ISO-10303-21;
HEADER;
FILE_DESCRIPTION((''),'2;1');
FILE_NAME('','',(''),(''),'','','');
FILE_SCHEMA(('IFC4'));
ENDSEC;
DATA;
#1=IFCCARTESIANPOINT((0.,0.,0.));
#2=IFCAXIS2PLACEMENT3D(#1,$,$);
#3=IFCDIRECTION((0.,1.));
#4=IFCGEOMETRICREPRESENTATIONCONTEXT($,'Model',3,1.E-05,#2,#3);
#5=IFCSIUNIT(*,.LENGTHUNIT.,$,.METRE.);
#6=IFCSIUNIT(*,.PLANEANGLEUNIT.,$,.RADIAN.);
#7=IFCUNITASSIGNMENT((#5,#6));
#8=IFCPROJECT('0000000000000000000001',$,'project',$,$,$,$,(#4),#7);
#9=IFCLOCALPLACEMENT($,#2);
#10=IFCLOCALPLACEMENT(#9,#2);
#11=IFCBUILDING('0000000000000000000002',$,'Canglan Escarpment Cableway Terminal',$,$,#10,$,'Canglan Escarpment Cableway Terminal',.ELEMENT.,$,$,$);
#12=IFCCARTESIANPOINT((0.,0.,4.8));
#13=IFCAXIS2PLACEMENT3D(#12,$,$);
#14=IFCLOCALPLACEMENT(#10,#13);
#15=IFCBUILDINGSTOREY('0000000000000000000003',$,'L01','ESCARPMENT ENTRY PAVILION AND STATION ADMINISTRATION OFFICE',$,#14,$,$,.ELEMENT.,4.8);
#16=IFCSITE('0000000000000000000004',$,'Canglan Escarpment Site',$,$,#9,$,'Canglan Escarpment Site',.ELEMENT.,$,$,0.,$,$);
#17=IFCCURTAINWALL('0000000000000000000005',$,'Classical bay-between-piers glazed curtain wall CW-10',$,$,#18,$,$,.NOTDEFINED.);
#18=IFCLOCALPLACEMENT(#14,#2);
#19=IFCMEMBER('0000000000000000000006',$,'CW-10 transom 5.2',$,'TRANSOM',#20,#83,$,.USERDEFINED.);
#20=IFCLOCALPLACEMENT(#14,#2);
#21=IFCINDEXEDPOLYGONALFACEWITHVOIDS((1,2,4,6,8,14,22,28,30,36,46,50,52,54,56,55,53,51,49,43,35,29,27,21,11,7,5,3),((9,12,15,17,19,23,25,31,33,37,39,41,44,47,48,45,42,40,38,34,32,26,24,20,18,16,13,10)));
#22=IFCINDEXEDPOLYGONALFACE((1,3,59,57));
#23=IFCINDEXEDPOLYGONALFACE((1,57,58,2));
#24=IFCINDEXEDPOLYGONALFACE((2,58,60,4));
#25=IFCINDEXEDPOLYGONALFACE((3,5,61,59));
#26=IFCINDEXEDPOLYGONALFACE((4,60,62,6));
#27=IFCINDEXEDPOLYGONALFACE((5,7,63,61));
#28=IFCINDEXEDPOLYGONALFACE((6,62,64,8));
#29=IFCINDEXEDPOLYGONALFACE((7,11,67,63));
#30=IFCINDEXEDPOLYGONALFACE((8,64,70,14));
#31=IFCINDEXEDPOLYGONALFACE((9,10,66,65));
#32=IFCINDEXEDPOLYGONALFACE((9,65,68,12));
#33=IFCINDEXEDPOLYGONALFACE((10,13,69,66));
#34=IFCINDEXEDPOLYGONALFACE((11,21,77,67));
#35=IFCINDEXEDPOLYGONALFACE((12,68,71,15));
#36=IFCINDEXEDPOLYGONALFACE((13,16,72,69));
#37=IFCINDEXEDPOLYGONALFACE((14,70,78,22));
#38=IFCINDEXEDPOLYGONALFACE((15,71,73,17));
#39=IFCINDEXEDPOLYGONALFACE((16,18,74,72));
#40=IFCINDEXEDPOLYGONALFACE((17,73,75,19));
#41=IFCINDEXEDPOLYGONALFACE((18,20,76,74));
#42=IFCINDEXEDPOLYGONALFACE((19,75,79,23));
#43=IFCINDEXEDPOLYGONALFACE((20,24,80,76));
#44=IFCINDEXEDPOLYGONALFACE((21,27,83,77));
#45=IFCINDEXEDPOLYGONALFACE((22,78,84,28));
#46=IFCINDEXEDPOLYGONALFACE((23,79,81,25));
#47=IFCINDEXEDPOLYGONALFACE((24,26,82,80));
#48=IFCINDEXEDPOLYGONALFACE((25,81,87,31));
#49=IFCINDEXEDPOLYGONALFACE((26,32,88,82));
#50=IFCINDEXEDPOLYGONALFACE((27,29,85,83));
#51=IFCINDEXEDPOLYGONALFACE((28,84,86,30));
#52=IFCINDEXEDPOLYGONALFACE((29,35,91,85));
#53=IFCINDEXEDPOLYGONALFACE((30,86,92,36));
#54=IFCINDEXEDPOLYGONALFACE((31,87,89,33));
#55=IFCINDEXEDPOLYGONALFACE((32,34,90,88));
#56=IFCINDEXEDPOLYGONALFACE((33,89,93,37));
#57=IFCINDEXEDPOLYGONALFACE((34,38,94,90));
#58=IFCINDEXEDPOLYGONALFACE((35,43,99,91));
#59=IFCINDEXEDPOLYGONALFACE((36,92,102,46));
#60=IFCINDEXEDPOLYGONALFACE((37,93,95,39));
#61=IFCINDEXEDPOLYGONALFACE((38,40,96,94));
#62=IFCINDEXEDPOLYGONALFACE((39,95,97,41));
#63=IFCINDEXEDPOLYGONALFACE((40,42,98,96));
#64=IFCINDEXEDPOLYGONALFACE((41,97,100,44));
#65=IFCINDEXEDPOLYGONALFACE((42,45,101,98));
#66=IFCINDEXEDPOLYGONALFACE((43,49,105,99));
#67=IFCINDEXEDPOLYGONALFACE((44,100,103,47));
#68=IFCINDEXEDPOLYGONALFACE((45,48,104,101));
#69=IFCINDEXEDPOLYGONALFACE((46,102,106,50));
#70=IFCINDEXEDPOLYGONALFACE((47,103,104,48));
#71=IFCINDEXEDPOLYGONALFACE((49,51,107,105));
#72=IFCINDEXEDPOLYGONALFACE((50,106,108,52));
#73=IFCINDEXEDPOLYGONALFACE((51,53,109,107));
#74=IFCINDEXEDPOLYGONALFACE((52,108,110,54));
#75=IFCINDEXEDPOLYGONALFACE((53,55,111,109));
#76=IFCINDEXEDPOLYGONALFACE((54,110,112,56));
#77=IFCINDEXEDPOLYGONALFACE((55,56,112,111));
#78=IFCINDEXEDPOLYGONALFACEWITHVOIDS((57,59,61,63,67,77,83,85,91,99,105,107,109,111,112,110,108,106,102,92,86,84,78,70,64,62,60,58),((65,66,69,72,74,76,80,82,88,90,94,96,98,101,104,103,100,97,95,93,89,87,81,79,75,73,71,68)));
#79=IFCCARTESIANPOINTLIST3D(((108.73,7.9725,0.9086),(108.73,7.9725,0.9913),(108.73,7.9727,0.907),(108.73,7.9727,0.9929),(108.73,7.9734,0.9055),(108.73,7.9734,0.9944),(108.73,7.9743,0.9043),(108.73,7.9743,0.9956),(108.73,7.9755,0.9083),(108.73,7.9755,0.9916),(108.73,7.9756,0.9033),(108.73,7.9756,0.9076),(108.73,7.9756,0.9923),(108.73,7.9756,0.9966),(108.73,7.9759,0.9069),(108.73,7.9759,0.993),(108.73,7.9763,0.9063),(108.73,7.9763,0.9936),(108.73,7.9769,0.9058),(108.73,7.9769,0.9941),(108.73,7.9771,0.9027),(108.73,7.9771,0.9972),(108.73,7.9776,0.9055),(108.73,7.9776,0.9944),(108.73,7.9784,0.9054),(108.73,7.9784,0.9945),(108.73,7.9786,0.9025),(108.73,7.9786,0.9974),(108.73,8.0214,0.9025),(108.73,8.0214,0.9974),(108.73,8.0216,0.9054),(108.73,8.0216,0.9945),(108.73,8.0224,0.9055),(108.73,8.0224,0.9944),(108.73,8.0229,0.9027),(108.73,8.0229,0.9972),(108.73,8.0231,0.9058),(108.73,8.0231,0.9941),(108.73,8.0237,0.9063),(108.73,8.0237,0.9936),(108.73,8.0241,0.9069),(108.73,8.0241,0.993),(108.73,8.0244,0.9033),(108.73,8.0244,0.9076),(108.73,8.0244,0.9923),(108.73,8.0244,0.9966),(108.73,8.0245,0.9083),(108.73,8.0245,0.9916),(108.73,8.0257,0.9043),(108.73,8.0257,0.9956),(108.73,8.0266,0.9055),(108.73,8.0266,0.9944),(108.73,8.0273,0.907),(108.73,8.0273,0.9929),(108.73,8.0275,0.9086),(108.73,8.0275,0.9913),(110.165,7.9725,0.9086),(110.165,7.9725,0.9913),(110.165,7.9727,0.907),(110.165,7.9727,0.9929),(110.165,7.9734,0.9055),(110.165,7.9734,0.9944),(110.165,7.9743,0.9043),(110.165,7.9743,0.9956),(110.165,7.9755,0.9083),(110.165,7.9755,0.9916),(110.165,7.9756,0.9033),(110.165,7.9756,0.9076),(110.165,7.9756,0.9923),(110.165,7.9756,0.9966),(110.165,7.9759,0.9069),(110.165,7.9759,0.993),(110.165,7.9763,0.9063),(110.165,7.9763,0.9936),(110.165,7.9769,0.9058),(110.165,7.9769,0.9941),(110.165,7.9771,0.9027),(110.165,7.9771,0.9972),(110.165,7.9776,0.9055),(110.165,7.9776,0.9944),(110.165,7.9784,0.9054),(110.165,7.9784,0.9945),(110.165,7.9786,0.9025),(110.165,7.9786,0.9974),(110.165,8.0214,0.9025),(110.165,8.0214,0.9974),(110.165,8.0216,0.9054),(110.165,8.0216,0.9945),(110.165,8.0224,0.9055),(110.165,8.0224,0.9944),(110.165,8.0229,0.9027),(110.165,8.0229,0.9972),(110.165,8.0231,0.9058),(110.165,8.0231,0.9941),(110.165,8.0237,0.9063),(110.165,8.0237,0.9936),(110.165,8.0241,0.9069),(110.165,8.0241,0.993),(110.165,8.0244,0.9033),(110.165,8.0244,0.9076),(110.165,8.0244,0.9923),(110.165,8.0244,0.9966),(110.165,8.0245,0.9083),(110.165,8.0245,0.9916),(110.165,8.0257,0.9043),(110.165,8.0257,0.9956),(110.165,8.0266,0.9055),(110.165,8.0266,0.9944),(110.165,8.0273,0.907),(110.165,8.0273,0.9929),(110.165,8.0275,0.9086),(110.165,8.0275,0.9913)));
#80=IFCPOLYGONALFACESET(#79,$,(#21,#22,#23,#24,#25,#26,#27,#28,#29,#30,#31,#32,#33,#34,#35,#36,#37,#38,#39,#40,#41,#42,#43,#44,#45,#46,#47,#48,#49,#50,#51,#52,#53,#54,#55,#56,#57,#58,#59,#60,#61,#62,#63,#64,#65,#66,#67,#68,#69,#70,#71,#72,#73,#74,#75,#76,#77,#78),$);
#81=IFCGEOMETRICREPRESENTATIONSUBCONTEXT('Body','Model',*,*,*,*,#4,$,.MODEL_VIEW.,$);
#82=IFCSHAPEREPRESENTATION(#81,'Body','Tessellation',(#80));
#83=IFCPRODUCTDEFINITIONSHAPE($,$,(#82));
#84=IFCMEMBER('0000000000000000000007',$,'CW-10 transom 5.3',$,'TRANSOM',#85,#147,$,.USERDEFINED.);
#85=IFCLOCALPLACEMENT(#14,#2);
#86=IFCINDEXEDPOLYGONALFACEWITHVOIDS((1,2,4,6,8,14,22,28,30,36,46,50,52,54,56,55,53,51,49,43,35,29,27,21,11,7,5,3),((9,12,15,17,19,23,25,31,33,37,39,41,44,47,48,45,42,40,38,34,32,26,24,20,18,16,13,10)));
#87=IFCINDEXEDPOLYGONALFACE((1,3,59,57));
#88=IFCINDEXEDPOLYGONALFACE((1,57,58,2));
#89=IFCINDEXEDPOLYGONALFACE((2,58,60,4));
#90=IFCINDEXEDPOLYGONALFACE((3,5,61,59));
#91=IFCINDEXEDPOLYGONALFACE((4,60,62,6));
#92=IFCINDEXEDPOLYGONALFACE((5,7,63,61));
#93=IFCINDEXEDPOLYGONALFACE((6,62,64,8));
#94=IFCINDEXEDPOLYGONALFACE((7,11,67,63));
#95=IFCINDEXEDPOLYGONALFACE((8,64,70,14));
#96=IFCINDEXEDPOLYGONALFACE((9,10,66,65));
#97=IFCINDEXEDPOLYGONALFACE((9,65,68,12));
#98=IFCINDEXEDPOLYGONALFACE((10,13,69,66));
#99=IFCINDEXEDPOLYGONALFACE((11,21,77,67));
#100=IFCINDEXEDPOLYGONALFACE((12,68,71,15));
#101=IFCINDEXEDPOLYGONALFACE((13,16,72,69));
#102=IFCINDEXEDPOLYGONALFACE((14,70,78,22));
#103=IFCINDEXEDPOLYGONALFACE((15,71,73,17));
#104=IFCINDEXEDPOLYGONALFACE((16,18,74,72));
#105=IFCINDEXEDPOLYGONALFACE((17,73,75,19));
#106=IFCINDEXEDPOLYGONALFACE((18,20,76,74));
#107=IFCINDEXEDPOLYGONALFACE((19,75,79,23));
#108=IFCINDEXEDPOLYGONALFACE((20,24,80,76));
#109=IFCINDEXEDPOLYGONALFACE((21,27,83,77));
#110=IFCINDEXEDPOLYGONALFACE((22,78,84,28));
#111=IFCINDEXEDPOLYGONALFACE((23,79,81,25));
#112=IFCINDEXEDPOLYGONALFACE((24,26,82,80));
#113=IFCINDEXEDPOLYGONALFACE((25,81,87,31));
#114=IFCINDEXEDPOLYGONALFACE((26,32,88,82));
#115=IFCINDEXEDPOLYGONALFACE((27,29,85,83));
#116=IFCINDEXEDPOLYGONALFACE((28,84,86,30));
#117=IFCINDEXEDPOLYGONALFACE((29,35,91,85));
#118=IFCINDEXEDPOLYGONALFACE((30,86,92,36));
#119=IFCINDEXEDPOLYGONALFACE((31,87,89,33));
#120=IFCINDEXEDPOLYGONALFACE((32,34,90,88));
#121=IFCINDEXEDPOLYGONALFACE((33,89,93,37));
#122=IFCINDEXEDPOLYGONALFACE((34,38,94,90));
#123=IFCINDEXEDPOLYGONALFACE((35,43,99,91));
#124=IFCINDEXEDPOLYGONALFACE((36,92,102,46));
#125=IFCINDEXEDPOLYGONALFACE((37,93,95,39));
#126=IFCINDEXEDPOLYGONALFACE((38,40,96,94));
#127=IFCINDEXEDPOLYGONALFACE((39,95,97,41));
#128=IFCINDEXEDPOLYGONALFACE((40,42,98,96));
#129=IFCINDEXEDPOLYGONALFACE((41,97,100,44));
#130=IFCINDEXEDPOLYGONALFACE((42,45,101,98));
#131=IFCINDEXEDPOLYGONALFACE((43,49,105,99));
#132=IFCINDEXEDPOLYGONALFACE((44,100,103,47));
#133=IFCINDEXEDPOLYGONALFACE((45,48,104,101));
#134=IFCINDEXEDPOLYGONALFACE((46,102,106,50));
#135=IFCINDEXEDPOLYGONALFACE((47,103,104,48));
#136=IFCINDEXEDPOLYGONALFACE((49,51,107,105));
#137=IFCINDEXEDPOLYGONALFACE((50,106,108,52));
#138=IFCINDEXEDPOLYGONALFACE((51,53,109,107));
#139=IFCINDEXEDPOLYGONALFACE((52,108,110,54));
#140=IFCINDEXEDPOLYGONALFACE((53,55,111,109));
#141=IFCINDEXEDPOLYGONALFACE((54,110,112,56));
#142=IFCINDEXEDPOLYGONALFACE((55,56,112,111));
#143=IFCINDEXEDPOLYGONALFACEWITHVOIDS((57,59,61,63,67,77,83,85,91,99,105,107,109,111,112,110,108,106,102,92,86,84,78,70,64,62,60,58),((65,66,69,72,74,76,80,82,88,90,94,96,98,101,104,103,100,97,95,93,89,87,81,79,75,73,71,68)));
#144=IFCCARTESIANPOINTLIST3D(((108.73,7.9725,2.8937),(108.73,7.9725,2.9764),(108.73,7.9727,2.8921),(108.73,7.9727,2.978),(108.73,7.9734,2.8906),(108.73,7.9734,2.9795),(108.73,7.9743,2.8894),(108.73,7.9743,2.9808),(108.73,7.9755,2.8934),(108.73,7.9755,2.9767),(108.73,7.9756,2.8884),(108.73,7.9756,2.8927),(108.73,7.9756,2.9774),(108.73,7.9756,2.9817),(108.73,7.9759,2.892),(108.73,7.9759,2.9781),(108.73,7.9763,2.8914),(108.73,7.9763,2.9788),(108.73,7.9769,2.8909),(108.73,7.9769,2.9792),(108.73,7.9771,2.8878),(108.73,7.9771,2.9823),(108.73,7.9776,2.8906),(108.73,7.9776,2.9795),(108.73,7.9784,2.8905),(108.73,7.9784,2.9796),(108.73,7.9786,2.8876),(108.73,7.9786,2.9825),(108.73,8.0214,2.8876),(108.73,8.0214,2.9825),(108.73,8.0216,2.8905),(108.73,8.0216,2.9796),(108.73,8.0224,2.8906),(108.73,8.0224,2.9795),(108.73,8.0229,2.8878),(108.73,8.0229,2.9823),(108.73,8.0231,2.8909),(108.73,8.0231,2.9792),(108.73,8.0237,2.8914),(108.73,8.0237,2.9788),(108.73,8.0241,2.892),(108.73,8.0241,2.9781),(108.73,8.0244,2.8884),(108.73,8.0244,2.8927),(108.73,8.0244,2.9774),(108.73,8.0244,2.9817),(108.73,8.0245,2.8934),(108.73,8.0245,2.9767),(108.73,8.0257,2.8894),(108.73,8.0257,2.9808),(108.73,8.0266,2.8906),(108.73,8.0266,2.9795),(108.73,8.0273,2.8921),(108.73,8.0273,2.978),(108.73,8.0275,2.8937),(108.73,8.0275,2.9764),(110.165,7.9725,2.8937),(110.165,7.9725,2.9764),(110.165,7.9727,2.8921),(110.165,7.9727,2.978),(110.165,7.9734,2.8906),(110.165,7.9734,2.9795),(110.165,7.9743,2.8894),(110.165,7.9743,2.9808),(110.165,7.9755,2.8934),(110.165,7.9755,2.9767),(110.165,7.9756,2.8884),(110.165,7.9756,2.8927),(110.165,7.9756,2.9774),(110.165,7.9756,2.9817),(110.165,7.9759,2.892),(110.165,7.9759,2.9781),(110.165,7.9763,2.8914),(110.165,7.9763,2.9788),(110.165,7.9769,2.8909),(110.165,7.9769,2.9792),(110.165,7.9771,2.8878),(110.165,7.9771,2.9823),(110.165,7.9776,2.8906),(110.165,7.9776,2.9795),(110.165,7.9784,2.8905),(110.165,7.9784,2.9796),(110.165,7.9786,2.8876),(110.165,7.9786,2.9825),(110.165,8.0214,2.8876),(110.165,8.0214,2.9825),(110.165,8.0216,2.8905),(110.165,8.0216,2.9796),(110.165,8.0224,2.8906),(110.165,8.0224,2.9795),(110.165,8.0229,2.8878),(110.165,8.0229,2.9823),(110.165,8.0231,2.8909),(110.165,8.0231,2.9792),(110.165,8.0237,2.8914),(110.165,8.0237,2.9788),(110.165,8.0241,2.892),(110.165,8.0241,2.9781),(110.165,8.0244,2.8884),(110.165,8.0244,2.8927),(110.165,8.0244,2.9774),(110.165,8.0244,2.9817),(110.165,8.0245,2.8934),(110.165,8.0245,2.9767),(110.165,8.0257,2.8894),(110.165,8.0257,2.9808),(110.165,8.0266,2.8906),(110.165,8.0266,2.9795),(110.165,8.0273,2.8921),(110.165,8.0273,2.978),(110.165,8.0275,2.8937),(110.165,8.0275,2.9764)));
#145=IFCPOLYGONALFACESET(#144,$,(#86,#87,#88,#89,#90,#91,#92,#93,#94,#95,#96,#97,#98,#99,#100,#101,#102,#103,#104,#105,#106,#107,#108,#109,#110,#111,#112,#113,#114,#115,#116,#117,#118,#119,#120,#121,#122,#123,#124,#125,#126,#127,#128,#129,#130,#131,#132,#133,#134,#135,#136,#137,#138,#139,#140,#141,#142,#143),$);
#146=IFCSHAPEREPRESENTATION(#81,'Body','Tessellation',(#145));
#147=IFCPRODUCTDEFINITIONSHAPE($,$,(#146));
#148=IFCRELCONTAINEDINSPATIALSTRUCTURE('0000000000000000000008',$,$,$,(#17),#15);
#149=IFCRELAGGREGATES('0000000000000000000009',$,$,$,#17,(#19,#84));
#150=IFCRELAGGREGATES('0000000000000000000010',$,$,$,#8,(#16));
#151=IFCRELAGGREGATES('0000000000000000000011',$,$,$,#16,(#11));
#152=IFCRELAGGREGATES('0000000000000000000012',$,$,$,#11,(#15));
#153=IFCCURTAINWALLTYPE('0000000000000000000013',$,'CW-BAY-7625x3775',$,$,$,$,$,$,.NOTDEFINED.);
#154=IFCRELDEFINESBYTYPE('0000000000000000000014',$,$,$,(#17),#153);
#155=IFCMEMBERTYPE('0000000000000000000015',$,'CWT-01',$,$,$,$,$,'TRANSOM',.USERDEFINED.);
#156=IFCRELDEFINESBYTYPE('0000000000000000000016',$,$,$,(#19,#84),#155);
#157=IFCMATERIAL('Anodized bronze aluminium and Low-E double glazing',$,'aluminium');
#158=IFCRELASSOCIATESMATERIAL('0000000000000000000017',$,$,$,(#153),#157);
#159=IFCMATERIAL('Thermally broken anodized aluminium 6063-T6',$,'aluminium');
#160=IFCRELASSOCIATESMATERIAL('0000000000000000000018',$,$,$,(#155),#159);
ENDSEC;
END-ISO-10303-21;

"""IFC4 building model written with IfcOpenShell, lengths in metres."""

from ifc_helpers import new_model, si_unit, direction, frame, origin, origin_2d, place, context, subcontext, project, spatial, hollow_rectangle, extrude, material, material_profile, profile_set, type_object, element, aggregate, save


model = new_model("IFC4")

# Units and contexts
model_context = context("Model", 3, precision=1e-05, world=origin(), true_north=direction((0.0, 1.0)))
body_context = subcontext(model_context, "Body", "Model", "MODEL_VIEW")
ifc_project = project(units=[si_unit("LENGTHUNIT", "METRE"), si_unit("PLANEANGLEUNIT", "RADIAN")], contexts=[model_context])

# Site, building, storey
site_placement = place(None, origin())
site = spatial("IfcSite", under=ifc_project, at=site_placement, Name="Canglan Escarpment Site", LongName="Canglan Escarpment Site", CompositionType="ELEMENT", RefElevation=0.0)
building_placement = place(site_placement, origin())
building = spatial("IfcBuilding", under=site, at=building_placement, Name="Canglan Escarpment Cableway Terminal", LongName="Canglan Escarpment Cableway Terminal", CompositionType="ELEMENT")
storey_placement = place(building_placement, frame((0.0, 0.0, 4.8)))
storey = spatial("IfcBuildingStorey", under=building, at=storey_placement, Name="L01", Description="ESCARPMENT ENTRY PAVILION AND STATION ADMINISTRATION OFFICE", CompositionType="ELEMENT", Elevation=4.8)

# Curtain wall, members
ifc_material_1 = material(Name="Anodized bronze aluminium and Low-E double glazing", Category="aluminium")
curtain_wall_type = type_object("IfcCurtainWallType", Name="CW-BAY-7625x3775", PredefinedType="NOTDEFINED", material=ifc_material_1)
curtain_wall_placement = place(storey_placement, origin())
curtain_wall = element("IfcCurtainWall", 1, at=curtain_wall_placement, inside=storey, type_object=curtain_wall_type, Name="Classical bay-between-piers glazed curtain wall CW-10", PredefinedType="NOTDEFINED")
ifc_material_2 = material(Name="Thermally broken anodized aluminium 6063-T6", Category="aluminium")
ifc_material_profile_1 = material_profile(ifc_material_2, hollow_rectangle(XDim=0.0549, YDim=0.095, WallThickness=0.0029, InnerFilletRadius=0.0029, OuterFilletRadius=0.0061, at=origin_2d()), Name="ALU-TRAN 55x95x3")
ifc_profile_set_1 = profile_set([ifc_material_profile_1], Name="Thermally broken anodized aluminium 6063-T6")
member_type_1 = type_object("IfcMemberType", Name="CWT-01", ElementType="TRANSOM", PredefinedType="USERDEFINED", material=ifc_profile_set_1)
member_1_placement = place(storey_placement, frame((108.73, 8.0, 0.95), z_axis=(1.0, 0.0, 0.0), x_axis=(0.0, 1.0, 0.0)))
member_1 = element("IfcMember", 2, at=member_1_placement, type_object=member_type_1, Name="CW-10 transom 5.2", ObjectType="TRANSOM", PredefinedType="USERDEFINED", context=body_context, shape_type="SweptSolid", body=[
    extrude(hollow_rectangle(XDim=0.0549, YDim=0.095, WallThickness=0.0029, InnerFilletRadius=0.0029, OuterFilletRadius=0.0061, at=origin_2d()), origin(), (0.0, 0.0, 1.0), 1.4351),
])
member_2_placement = place(storey_placement, frame((108.73, 8.0, 2.9351), z_axis=(1.0, 0.0, 0.0), x_axis=(0.0, 1.0, 0.0)))
member_2 = element("IfcMember", 3, at=member_2_placement, type_object=member_type_1, Name="CW-10 transom 5.3", ObjectType="TRANSOM", PredefinedType="USERDEFINED", context=body_context, shape_type="SweptSolid", body=[
    extrude(hollow_rectangle(XDim=0.0549, YDim=0.095, WallThickness=0.0029, InnerFilletRadius=0.0029, OuterFilletRadius=0.0061, at=origin_2d()), origin(), (0.0, 0.0, 1.0), 1.4351),
])
aggregate(curtain_wall, [member_1, member_2])

save(model, "model.ifc")
